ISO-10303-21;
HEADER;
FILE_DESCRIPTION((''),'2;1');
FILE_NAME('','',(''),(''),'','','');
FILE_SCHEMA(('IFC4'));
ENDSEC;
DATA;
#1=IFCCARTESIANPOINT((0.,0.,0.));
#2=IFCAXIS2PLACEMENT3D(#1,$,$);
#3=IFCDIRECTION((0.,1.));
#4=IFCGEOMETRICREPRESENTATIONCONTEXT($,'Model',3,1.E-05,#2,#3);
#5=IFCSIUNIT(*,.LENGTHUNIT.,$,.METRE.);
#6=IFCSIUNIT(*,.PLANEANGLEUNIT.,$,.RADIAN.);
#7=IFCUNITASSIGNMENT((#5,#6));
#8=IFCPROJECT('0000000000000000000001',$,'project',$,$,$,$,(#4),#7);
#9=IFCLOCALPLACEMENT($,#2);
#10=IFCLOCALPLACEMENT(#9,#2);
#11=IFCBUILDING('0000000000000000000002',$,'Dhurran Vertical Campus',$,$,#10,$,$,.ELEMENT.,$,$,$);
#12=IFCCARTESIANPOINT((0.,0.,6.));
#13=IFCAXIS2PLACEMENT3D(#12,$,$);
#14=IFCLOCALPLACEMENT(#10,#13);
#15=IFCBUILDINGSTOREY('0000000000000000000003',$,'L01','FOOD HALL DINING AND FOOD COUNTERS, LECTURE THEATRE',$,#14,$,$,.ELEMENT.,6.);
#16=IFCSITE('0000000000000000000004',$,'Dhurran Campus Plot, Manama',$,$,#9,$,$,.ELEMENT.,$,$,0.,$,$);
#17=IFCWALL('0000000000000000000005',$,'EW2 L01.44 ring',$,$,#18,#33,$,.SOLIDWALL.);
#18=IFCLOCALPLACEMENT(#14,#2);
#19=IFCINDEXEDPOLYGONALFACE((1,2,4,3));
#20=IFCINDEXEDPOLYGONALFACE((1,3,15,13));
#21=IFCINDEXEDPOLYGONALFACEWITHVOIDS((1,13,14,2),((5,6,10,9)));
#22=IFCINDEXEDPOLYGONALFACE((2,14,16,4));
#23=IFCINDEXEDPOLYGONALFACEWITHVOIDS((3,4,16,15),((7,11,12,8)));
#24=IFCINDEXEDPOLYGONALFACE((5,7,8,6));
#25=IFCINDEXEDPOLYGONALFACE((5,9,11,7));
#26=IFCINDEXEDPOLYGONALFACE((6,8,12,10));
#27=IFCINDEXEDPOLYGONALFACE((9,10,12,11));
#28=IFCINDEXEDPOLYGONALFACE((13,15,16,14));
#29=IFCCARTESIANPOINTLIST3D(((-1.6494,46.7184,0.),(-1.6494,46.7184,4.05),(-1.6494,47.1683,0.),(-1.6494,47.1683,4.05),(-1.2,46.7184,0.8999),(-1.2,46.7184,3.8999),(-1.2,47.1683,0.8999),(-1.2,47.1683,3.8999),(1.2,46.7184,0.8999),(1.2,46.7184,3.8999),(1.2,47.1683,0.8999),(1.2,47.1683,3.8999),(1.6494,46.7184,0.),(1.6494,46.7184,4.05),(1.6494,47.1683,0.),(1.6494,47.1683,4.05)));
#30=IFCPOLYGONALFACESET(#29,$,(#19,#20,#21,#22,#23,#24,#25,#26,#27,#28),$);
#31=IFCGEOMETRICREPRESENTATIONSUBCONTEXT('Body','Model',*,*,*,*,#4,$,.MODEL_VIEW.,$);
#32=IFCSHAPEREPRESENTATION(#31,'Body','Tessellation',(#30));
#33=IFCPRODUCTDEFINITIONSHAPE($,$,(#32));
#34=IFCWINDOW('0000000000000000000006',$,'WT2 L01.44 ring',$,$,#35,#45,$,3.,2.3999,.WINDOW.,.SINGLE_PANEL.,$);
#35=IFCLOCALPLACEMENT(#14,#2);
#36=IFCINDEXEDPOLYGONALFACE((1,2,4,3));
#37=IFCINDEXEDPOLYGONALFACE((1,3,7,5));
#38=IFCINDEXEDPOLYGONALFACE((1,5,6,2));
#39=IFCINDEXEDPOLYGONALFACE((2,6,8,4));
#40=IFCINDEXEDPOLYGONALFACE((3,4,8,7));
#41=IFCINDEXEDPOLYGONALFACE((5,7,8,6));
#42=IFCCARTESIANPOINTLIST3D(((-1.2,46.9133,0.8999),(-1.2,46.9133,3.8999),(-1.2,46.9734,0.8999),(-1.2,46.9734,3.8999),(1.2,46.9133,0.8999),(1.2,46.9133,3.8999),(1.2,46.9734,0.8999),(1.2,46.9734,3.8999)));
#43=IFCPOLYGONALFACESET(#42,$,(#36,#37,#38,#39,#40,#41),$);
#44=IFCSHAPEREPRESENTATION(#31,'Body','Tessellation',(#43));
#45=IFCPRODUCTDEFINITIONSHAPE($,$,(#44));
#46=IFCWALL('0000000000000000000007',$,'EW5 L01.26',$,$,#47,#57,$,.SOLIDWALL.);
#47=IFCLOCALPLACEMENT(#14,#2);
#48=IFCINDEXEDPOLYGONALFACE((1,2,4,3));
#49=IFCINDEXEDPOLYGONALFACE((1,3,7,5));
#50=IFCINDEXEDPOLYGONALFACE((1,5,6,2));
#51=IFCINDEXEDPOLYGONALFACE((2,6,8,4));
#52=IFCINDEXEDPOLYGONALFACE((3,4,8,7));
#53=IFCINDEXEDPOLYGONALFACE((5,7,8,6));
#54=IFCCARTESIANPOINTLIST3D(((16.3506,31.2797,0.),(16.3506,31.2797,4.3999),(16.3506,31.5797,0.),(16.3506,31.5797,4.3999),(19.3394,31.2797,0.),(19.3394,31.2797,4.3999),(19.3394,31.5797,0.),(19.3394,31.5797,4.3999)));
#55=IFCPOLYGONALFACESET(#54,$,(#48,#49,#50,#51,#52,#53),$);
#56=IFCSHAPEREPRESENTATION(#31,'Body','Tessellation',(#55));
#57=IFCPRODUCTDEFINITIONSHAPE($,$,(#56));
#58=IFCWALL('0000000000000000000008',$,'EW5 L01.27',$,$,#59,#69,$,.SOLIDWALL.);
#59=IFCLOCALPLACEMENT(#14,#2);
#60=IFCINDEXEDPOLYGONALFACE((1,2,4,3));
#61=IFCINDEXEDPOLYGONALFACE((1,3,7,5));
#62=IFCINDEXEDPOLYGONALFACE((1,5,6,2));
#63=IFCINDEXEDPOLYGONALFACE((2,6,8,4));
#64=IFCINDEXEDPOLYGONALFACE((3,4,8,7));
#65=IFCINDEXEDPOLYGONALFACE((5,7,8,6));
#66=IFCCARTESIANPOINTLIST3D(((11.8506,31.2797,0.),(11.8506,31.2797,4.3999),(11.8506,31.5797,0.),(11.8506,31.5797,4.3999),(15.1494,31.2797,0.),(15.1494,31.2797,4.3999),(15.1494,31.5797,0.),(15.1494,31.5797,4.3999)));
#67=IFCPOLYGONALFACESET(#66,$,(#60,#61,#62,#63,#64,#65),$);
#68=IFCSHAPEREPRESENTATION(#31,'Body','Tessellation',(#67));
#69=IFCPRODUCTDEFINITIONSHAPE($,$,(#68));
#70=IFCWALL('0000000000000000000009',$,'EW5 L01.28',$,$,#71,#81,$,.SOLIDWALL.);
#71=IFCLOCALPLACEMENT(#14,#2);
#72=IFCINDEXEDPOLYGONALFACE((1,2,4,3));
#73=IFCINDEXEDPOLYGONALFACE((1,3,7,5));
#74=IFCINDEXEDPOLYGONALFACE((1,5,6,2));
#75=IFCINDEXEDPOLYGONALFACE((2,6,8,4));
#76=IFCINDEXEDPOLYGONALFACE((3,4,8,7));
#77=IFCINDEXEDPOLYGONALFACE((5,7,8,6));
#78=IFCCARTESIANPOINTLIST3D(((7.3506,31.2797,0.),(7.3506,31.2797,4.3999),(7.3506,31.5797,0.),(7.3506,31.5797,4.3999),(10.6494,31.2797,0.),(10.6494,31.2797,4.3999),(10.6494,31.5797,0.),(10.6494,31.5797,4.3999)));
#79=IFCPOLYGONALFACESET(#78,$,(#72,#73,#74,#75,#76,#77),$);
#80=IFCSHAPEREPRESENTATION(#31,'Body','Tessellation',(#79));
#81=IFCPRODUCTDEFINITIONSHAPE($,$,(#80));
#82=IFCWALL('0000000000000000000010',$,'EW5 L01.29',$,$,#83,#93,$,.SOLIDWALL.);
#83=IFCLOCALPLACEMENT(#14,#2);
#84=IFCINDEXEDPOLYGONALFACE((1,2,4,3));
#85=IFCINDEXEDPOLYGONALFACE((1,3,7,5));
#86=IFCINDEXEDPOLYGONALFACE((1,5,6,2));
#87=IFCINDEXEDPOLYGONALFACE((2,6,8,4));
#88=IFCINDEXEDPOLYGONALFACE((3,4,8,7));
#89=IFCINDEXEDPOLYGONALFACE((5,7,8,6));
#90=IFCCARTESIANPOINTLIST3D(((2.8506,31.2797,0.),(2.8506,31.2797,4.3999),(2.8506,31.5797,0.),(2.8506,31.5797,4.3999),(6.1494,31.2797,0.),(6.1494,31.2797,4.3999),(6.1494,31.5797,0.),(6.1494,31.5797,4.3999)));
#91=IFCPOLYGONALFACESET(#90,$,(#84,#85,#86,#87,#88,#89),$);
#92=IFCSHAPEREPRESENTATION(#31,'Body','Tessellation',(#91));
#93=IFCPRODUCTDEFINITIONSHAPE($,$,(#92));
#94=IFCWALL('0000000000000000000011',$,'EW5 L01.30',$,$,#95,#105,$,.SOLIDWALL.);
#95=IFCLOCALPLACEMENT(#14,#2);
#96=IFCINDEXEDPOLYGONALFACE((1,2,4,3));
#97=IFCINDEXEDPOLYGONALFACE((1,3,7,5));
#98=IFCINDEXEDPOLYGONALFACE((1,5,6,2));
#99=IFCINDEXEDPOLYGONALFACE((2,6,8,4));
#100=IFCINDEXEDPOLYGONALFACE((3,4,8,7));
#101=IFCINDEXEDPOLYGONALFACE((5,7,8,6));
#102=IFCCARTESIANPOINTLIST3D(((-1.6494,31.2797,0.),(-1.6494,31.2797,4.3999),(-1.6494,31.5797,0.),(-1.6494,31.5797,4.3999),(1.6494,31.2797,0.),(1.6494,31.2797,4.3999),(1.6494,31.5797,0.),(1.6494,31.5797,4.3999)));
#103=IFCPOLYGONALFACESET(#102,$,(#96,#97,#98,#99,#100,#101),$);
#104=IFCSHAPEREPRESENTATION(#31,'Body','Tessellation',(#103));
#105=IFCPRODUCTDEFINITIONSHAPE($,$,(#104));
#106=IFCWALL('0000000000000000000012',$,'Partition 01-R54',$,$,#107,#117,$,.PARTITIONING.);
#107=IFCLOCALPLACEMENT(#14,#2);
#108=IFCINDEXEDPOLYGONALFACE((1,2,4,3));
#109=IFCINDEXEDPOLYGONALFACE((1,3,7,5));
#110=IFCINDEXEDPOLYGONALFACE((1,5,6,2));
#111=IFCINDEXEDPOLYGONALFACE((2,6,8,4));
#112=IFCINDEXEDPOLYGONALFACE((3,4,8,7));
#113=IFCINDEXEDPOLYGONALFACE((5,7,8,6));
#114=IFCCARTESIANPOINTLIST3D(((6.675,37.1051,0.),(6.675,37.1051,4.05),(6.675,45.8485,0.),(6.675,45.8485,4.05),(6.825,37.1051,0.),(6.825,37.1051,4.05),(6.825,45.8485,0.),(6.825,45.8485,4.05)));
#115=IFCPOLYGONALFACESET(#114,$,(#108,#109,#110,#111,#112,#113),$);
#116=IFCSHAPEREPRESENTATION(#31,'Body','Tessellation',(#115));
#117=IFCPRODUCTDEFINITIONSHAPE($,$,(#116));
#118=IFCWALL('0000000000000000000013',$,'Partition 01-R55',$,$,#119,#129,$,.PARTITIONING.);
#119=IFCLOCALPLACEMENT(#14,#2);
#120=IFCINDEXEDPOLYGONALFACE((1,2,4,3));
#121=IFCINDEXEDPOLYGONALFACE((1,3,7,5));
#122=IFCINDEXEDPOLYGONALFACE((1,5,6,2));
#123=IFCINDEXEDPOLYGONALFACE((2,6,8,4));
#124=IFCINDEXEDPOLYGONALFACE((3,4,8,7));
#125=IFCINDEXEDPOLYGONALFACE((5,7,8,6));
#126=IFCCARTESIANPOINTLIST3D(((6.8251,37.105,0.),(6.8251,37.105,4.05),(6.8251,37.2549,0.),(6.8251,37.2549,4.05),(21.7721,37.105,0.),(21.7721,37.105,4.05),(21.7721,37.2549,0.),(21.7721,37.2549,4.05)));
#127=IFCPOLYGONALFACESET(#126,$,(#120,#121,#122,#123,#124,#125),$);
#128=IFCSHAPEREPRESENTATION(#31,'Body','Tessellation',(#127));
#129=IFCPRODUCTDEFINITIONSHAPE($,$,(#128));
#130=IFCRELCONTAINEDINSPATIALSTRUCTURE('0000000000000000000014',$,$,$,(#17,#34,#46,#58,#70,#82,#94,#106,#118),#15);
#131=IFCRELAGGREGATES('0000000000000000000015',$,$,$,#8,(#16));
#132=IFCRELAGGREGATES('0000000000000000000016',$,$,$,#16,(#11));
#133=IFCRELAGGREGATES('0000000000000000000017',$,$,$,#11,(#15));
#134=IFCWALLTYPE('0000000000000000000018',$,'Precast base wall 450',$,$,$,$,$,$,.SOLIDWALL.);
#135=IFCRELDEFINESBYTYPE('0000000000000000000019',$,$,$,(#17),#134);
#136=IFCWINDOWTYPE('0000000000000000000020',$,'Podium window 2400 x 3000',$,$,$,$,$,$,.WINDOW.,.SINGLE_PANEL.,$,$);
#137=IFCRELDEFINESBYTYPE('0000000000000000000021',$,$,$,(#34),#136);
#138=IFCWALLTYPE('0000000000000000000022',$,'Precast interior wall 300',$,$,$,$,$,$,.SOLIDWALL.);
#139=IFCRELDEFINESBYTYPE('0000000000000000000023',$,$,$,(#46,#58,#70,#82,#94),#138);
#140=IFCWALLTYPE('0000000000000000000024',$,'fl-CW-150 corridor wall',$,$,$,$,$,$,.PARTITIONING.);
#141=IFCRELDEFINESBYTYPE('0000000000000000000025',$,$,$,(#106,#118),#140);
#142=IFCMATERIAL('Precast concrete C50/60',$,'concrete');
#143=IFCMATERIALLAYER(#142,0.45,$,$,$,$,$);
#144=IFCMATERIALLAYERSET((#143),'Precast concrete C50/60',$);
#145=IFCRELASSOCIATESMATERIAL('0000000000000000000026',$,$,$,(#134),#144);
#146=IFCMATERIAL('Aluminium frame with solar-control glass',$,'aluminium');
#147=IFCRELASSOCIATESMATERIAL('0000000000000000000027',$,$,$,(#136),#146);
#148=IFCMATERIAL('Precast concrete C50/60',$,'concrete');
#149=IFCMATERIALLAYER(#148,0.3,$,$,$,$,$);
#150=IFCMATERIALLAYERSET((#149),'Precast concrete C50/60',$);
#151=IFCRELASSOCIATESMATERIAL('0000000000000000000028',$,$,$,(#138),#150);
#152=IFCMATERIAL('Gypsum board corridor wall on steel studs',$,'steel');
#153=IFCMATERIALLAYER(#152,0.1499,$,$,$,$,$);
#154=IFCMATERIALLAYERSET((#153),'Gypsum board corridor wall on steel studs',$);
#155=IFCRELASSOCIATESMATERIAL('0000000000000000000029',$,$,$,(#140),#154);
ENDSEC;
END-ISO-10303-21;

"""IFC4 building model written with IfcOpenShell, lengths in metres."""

from ifc_helpers import new_model, si_unit, direction, frame, frame_2d, origin, place, context, subcontext, project, spatial, rectangle, extrude, material, layer, layer_set, type_object, element, fill, save


model = new_model("IFC4")

# Units and contexts
model_context = context("Model", 3, precision=1e-05, world=origin(), true_north=direction((0.0, 1.0)))
body_context = subcontext(model_context, "Body", "Model", "MODEL_VIEW")
ifc_project = project(units=[si_unit("LENGTHUNIT", "METRE"), si_unit("PLANEANGLEUNIT", "RADIAN")], contexts=[model_context])

# Site, building, storey
site_placement = place(None, origin())
site = spatial("IfcSite", under=ifc_project, at=site_placement, Name="Dhurran Campus Plot, Manama", CompositionType="ELEMENT", RefElevation=0.0)
building_placement = place(site_placement, origin())
building = spatial("IfcBuilding", under=site, at=building_placement, Name="Dhurran Vertical Campus", CompositionType="ELEMENT")
storey_placement = place(building_placement, frame((0.0, 0.0, 6.0)))
storey = spatial("IfcBuildingStorey", under=building, at=storey_placement, Name="L01", Description="FOOD HALL DINING AND FOOD COUNTERS, LECTURE THEATRE", CompositionType="ELEMENT", Elevation=6.0)

# Wall, opening, window
ifc_material_1 = material(Name="Precast concrete C50/60", Category="concrete")
ifc_layer_1 = layer(ifc_material_1, 0.45)
ifc_layer_set_1 = layer_set([ifc_layer_1], Name="Precast concrete C50/60")
wall_type_1 = type_object("IfcWallType", Name="Precast base wall 450", PredefinedType="SOLIDWALL", material=ifc_layer_set_1)
ifc_material_2 = material(Name="Aluminium frame with solar-control glass", Category="aluminium")
window_type = type_object("IfcWindowType", Name="Podium window 2400 x 3000", PartitioningType="SINGLE_PANEL", PredefinedType="WINDOW", material=ifc_material_2)
wall_1_placement = place(storey_placement, frame((-1.6494, 46.9434, 0.0), z_axis=(0.0, 0.0, 1.0), x_axis=(1.0, 0.0, 0.0)))
wall_1 = element("IfcWall", 1, at=wall_1_placement, inside=storey, type_object=wall_type_1, Name="EW2 L01.44 ring", PredefinedType="SOLIDWALL", context=body_context, shape_type="SweptSolid", body=[
    extrude(rectangle(XDim=3.2988, YDim=0.45, at=frame_2d((1.6494, 0.0))), origin(), (0.0, 0.0, 1.0), 4.05),
])
opening_1_placement = place(wall_1_placement, frame((0.4495, 0.0, 0.8999)))
opening_1 = element("IfcOpeningElement", 2, at=opening_1_placement, cuts=wall_1, PredefinedType="OPENING", context=body_context, shape_type="SweptSolid", body=[
    extrude(rectangle(XDim=2.3999, YDim=3.0, at=frame_2d((1.2, 1.5))), frame((0.0, 0.2349, 0.0), z_axis=(0.0, -1.0, 0.0), x_axis=(1.0, 0.0, 0.0)), (0.0, 0.0, 1.0), 0.47),
])
window_1_placement = place(opening_1_placement, origin())
window_1 = element("IfcWindow", 3, at=window_1_placement, inside=storey, type_object=window_type, Name="WT2 L01.44 ring", OverallHeight=3.0, OverallWidth=2.3999, PartitioningType="SINGLE_PANEL", PredefinedType="WINDOW", context=body_context, shape_type="SweptSolid", body=[
    extrude(rectangle(XDim=2.3999, YDim=3.0, at=frame_2d((1.2, 1.5))), frame((0.0, 0.03, 0.0), z_axis=(0.0, -1.0, 0.0), x_axis=(1.0, 0.0, 0.0)), (0.0, 0.0, 1.0), 0.0601),
])
fill(opening_1, window_1)

# Walls
ifc_material_3 = material(Name="Precast concrete C50/60", Category="concrete")
ifc_layer_2 = layer(ifc_material_3, 0.3)
ifc_layer_set_2 = layer_set([ifc_layer_2], Name="Precast concrete C50/60")
wall_type_2 = type_object("IfcWallType", Name="Precast interior wall 300", PredefinedType="SOLIDWALL", material=ifc_layer_set_2)
wall_2_placement = place(storey_placement, frame((19.3394, 31.4297, 0.0), z_axis=(0.0, 0.0, 1.0), x_axis=(-1.0, 0.0, 0.0)))
element("IfcWall", 4, at=wall_2_placement, inside=storey, type_object=wall_type_2, Name="EW5 L01.26", PredefinedType="SOLIDWALL", context=body_context, shape_type="SweptSolid", body=[
    extrude(rectangle(XDim=2.9888, YDim=0.3, at=frame_2d((1.4944, 0.0))), origin(), (0.0, 0.0, 1.0), 4.3999),
])
for number, where, z_axis, x_axis, name in (
    (5, (15.1494, 31.4297, 0.0), (0.0, 0.0, 1.0), (-1.0, 0.0, 0.0), "EW5 L01.27"),
    (6, (10.6494, 31.4297, 0.0), (0.0, 0.0, 1.0), (-1.0, 0.0, 0.0), "EW5 L01.28"),
    (7, (6.1494, 31.4297, 0.0), (0.0, 0.0, 1.0), (-1.0, 0.0, 0.0), "EW5 L01.29"),
    (8, (1.6494, 31.4297, 0.0), (0.0, 0.0, 1.0), (-1.0, 0.0, 0.0), "EW5 L01.30"),
):
    element("IfcWall", number, at=place(storey_placement, frame(where, z_axis=z_axis, x_axis=x_axis)), inside=storey, type_object=wall_type_2, Name=name, PredefinedType="SOLIDWALL", context=body_context, shape_type="SweptSolid", body=[
        extrude(rectangle(XDim=3.2988, YDim=0.3, at=frame_2d((1.6494, 0.0))), origin(), (0.0, 0.0, 1.0), 4.3999),
    ])
ifc_material_4 = material(Name="Gypsum board corridor wall on steel studs", Category="steel")
ifc_layer_3 = layer(ifc_material_4, 0.1499)
ifc_layer_set_3 = layer_set([ifc_layer_3], Name="Gypsum board corridor wall on steel studs")
wall_type_3 = type_object("IfcWallType", Name="fl-CW-150 corridor wall", PredefinedType="PARTITIONING", material=ifc_layer_set_3)
wall_3_placement = place(storey_placement, frame((6.75, 45.8484, 0.0), z_axis=(0.0, 0.0, 1.0), x_axis=(0.0, -1.0, 0.0)))
element("IfcWall", 9, at=wall_3_placement, inside=storey, type_object=wall_type_3, Name="Partition 01-R54", PredefinedType="PARTITIONING", context=body_context, shape_type="SweptSolid", body=[
    extrude(rectangle(XDim=8.7434, YDim=0.1499, at=frame_2d((4.3716, 0.0))), origin(), (0.0, 0.0, 1.0), 4.05),
])
wall_4_placement = place(storey_placement, frame((6.825, 37.1799, 0.0), z_axis=(0.0, 0.0, 1.0), x_axis=(1.0, 0.0, 0.0)))
element("IfcWall", 10, at=wall_4_placement, inside=storey, type_object=wall_type_3, Name="Partition 01-R55", PredefinedType="PARTITIONING", context=body_context, shape_type="SweptSolid", body=[
    extrude(rectangle(XDim=14.947, YDim=0.1499, at=frame_2d((7.4736, 0.0))), origin(), (0.0, 0.0, 1.0), 4.05),
])

save(model, "model.ifc")
